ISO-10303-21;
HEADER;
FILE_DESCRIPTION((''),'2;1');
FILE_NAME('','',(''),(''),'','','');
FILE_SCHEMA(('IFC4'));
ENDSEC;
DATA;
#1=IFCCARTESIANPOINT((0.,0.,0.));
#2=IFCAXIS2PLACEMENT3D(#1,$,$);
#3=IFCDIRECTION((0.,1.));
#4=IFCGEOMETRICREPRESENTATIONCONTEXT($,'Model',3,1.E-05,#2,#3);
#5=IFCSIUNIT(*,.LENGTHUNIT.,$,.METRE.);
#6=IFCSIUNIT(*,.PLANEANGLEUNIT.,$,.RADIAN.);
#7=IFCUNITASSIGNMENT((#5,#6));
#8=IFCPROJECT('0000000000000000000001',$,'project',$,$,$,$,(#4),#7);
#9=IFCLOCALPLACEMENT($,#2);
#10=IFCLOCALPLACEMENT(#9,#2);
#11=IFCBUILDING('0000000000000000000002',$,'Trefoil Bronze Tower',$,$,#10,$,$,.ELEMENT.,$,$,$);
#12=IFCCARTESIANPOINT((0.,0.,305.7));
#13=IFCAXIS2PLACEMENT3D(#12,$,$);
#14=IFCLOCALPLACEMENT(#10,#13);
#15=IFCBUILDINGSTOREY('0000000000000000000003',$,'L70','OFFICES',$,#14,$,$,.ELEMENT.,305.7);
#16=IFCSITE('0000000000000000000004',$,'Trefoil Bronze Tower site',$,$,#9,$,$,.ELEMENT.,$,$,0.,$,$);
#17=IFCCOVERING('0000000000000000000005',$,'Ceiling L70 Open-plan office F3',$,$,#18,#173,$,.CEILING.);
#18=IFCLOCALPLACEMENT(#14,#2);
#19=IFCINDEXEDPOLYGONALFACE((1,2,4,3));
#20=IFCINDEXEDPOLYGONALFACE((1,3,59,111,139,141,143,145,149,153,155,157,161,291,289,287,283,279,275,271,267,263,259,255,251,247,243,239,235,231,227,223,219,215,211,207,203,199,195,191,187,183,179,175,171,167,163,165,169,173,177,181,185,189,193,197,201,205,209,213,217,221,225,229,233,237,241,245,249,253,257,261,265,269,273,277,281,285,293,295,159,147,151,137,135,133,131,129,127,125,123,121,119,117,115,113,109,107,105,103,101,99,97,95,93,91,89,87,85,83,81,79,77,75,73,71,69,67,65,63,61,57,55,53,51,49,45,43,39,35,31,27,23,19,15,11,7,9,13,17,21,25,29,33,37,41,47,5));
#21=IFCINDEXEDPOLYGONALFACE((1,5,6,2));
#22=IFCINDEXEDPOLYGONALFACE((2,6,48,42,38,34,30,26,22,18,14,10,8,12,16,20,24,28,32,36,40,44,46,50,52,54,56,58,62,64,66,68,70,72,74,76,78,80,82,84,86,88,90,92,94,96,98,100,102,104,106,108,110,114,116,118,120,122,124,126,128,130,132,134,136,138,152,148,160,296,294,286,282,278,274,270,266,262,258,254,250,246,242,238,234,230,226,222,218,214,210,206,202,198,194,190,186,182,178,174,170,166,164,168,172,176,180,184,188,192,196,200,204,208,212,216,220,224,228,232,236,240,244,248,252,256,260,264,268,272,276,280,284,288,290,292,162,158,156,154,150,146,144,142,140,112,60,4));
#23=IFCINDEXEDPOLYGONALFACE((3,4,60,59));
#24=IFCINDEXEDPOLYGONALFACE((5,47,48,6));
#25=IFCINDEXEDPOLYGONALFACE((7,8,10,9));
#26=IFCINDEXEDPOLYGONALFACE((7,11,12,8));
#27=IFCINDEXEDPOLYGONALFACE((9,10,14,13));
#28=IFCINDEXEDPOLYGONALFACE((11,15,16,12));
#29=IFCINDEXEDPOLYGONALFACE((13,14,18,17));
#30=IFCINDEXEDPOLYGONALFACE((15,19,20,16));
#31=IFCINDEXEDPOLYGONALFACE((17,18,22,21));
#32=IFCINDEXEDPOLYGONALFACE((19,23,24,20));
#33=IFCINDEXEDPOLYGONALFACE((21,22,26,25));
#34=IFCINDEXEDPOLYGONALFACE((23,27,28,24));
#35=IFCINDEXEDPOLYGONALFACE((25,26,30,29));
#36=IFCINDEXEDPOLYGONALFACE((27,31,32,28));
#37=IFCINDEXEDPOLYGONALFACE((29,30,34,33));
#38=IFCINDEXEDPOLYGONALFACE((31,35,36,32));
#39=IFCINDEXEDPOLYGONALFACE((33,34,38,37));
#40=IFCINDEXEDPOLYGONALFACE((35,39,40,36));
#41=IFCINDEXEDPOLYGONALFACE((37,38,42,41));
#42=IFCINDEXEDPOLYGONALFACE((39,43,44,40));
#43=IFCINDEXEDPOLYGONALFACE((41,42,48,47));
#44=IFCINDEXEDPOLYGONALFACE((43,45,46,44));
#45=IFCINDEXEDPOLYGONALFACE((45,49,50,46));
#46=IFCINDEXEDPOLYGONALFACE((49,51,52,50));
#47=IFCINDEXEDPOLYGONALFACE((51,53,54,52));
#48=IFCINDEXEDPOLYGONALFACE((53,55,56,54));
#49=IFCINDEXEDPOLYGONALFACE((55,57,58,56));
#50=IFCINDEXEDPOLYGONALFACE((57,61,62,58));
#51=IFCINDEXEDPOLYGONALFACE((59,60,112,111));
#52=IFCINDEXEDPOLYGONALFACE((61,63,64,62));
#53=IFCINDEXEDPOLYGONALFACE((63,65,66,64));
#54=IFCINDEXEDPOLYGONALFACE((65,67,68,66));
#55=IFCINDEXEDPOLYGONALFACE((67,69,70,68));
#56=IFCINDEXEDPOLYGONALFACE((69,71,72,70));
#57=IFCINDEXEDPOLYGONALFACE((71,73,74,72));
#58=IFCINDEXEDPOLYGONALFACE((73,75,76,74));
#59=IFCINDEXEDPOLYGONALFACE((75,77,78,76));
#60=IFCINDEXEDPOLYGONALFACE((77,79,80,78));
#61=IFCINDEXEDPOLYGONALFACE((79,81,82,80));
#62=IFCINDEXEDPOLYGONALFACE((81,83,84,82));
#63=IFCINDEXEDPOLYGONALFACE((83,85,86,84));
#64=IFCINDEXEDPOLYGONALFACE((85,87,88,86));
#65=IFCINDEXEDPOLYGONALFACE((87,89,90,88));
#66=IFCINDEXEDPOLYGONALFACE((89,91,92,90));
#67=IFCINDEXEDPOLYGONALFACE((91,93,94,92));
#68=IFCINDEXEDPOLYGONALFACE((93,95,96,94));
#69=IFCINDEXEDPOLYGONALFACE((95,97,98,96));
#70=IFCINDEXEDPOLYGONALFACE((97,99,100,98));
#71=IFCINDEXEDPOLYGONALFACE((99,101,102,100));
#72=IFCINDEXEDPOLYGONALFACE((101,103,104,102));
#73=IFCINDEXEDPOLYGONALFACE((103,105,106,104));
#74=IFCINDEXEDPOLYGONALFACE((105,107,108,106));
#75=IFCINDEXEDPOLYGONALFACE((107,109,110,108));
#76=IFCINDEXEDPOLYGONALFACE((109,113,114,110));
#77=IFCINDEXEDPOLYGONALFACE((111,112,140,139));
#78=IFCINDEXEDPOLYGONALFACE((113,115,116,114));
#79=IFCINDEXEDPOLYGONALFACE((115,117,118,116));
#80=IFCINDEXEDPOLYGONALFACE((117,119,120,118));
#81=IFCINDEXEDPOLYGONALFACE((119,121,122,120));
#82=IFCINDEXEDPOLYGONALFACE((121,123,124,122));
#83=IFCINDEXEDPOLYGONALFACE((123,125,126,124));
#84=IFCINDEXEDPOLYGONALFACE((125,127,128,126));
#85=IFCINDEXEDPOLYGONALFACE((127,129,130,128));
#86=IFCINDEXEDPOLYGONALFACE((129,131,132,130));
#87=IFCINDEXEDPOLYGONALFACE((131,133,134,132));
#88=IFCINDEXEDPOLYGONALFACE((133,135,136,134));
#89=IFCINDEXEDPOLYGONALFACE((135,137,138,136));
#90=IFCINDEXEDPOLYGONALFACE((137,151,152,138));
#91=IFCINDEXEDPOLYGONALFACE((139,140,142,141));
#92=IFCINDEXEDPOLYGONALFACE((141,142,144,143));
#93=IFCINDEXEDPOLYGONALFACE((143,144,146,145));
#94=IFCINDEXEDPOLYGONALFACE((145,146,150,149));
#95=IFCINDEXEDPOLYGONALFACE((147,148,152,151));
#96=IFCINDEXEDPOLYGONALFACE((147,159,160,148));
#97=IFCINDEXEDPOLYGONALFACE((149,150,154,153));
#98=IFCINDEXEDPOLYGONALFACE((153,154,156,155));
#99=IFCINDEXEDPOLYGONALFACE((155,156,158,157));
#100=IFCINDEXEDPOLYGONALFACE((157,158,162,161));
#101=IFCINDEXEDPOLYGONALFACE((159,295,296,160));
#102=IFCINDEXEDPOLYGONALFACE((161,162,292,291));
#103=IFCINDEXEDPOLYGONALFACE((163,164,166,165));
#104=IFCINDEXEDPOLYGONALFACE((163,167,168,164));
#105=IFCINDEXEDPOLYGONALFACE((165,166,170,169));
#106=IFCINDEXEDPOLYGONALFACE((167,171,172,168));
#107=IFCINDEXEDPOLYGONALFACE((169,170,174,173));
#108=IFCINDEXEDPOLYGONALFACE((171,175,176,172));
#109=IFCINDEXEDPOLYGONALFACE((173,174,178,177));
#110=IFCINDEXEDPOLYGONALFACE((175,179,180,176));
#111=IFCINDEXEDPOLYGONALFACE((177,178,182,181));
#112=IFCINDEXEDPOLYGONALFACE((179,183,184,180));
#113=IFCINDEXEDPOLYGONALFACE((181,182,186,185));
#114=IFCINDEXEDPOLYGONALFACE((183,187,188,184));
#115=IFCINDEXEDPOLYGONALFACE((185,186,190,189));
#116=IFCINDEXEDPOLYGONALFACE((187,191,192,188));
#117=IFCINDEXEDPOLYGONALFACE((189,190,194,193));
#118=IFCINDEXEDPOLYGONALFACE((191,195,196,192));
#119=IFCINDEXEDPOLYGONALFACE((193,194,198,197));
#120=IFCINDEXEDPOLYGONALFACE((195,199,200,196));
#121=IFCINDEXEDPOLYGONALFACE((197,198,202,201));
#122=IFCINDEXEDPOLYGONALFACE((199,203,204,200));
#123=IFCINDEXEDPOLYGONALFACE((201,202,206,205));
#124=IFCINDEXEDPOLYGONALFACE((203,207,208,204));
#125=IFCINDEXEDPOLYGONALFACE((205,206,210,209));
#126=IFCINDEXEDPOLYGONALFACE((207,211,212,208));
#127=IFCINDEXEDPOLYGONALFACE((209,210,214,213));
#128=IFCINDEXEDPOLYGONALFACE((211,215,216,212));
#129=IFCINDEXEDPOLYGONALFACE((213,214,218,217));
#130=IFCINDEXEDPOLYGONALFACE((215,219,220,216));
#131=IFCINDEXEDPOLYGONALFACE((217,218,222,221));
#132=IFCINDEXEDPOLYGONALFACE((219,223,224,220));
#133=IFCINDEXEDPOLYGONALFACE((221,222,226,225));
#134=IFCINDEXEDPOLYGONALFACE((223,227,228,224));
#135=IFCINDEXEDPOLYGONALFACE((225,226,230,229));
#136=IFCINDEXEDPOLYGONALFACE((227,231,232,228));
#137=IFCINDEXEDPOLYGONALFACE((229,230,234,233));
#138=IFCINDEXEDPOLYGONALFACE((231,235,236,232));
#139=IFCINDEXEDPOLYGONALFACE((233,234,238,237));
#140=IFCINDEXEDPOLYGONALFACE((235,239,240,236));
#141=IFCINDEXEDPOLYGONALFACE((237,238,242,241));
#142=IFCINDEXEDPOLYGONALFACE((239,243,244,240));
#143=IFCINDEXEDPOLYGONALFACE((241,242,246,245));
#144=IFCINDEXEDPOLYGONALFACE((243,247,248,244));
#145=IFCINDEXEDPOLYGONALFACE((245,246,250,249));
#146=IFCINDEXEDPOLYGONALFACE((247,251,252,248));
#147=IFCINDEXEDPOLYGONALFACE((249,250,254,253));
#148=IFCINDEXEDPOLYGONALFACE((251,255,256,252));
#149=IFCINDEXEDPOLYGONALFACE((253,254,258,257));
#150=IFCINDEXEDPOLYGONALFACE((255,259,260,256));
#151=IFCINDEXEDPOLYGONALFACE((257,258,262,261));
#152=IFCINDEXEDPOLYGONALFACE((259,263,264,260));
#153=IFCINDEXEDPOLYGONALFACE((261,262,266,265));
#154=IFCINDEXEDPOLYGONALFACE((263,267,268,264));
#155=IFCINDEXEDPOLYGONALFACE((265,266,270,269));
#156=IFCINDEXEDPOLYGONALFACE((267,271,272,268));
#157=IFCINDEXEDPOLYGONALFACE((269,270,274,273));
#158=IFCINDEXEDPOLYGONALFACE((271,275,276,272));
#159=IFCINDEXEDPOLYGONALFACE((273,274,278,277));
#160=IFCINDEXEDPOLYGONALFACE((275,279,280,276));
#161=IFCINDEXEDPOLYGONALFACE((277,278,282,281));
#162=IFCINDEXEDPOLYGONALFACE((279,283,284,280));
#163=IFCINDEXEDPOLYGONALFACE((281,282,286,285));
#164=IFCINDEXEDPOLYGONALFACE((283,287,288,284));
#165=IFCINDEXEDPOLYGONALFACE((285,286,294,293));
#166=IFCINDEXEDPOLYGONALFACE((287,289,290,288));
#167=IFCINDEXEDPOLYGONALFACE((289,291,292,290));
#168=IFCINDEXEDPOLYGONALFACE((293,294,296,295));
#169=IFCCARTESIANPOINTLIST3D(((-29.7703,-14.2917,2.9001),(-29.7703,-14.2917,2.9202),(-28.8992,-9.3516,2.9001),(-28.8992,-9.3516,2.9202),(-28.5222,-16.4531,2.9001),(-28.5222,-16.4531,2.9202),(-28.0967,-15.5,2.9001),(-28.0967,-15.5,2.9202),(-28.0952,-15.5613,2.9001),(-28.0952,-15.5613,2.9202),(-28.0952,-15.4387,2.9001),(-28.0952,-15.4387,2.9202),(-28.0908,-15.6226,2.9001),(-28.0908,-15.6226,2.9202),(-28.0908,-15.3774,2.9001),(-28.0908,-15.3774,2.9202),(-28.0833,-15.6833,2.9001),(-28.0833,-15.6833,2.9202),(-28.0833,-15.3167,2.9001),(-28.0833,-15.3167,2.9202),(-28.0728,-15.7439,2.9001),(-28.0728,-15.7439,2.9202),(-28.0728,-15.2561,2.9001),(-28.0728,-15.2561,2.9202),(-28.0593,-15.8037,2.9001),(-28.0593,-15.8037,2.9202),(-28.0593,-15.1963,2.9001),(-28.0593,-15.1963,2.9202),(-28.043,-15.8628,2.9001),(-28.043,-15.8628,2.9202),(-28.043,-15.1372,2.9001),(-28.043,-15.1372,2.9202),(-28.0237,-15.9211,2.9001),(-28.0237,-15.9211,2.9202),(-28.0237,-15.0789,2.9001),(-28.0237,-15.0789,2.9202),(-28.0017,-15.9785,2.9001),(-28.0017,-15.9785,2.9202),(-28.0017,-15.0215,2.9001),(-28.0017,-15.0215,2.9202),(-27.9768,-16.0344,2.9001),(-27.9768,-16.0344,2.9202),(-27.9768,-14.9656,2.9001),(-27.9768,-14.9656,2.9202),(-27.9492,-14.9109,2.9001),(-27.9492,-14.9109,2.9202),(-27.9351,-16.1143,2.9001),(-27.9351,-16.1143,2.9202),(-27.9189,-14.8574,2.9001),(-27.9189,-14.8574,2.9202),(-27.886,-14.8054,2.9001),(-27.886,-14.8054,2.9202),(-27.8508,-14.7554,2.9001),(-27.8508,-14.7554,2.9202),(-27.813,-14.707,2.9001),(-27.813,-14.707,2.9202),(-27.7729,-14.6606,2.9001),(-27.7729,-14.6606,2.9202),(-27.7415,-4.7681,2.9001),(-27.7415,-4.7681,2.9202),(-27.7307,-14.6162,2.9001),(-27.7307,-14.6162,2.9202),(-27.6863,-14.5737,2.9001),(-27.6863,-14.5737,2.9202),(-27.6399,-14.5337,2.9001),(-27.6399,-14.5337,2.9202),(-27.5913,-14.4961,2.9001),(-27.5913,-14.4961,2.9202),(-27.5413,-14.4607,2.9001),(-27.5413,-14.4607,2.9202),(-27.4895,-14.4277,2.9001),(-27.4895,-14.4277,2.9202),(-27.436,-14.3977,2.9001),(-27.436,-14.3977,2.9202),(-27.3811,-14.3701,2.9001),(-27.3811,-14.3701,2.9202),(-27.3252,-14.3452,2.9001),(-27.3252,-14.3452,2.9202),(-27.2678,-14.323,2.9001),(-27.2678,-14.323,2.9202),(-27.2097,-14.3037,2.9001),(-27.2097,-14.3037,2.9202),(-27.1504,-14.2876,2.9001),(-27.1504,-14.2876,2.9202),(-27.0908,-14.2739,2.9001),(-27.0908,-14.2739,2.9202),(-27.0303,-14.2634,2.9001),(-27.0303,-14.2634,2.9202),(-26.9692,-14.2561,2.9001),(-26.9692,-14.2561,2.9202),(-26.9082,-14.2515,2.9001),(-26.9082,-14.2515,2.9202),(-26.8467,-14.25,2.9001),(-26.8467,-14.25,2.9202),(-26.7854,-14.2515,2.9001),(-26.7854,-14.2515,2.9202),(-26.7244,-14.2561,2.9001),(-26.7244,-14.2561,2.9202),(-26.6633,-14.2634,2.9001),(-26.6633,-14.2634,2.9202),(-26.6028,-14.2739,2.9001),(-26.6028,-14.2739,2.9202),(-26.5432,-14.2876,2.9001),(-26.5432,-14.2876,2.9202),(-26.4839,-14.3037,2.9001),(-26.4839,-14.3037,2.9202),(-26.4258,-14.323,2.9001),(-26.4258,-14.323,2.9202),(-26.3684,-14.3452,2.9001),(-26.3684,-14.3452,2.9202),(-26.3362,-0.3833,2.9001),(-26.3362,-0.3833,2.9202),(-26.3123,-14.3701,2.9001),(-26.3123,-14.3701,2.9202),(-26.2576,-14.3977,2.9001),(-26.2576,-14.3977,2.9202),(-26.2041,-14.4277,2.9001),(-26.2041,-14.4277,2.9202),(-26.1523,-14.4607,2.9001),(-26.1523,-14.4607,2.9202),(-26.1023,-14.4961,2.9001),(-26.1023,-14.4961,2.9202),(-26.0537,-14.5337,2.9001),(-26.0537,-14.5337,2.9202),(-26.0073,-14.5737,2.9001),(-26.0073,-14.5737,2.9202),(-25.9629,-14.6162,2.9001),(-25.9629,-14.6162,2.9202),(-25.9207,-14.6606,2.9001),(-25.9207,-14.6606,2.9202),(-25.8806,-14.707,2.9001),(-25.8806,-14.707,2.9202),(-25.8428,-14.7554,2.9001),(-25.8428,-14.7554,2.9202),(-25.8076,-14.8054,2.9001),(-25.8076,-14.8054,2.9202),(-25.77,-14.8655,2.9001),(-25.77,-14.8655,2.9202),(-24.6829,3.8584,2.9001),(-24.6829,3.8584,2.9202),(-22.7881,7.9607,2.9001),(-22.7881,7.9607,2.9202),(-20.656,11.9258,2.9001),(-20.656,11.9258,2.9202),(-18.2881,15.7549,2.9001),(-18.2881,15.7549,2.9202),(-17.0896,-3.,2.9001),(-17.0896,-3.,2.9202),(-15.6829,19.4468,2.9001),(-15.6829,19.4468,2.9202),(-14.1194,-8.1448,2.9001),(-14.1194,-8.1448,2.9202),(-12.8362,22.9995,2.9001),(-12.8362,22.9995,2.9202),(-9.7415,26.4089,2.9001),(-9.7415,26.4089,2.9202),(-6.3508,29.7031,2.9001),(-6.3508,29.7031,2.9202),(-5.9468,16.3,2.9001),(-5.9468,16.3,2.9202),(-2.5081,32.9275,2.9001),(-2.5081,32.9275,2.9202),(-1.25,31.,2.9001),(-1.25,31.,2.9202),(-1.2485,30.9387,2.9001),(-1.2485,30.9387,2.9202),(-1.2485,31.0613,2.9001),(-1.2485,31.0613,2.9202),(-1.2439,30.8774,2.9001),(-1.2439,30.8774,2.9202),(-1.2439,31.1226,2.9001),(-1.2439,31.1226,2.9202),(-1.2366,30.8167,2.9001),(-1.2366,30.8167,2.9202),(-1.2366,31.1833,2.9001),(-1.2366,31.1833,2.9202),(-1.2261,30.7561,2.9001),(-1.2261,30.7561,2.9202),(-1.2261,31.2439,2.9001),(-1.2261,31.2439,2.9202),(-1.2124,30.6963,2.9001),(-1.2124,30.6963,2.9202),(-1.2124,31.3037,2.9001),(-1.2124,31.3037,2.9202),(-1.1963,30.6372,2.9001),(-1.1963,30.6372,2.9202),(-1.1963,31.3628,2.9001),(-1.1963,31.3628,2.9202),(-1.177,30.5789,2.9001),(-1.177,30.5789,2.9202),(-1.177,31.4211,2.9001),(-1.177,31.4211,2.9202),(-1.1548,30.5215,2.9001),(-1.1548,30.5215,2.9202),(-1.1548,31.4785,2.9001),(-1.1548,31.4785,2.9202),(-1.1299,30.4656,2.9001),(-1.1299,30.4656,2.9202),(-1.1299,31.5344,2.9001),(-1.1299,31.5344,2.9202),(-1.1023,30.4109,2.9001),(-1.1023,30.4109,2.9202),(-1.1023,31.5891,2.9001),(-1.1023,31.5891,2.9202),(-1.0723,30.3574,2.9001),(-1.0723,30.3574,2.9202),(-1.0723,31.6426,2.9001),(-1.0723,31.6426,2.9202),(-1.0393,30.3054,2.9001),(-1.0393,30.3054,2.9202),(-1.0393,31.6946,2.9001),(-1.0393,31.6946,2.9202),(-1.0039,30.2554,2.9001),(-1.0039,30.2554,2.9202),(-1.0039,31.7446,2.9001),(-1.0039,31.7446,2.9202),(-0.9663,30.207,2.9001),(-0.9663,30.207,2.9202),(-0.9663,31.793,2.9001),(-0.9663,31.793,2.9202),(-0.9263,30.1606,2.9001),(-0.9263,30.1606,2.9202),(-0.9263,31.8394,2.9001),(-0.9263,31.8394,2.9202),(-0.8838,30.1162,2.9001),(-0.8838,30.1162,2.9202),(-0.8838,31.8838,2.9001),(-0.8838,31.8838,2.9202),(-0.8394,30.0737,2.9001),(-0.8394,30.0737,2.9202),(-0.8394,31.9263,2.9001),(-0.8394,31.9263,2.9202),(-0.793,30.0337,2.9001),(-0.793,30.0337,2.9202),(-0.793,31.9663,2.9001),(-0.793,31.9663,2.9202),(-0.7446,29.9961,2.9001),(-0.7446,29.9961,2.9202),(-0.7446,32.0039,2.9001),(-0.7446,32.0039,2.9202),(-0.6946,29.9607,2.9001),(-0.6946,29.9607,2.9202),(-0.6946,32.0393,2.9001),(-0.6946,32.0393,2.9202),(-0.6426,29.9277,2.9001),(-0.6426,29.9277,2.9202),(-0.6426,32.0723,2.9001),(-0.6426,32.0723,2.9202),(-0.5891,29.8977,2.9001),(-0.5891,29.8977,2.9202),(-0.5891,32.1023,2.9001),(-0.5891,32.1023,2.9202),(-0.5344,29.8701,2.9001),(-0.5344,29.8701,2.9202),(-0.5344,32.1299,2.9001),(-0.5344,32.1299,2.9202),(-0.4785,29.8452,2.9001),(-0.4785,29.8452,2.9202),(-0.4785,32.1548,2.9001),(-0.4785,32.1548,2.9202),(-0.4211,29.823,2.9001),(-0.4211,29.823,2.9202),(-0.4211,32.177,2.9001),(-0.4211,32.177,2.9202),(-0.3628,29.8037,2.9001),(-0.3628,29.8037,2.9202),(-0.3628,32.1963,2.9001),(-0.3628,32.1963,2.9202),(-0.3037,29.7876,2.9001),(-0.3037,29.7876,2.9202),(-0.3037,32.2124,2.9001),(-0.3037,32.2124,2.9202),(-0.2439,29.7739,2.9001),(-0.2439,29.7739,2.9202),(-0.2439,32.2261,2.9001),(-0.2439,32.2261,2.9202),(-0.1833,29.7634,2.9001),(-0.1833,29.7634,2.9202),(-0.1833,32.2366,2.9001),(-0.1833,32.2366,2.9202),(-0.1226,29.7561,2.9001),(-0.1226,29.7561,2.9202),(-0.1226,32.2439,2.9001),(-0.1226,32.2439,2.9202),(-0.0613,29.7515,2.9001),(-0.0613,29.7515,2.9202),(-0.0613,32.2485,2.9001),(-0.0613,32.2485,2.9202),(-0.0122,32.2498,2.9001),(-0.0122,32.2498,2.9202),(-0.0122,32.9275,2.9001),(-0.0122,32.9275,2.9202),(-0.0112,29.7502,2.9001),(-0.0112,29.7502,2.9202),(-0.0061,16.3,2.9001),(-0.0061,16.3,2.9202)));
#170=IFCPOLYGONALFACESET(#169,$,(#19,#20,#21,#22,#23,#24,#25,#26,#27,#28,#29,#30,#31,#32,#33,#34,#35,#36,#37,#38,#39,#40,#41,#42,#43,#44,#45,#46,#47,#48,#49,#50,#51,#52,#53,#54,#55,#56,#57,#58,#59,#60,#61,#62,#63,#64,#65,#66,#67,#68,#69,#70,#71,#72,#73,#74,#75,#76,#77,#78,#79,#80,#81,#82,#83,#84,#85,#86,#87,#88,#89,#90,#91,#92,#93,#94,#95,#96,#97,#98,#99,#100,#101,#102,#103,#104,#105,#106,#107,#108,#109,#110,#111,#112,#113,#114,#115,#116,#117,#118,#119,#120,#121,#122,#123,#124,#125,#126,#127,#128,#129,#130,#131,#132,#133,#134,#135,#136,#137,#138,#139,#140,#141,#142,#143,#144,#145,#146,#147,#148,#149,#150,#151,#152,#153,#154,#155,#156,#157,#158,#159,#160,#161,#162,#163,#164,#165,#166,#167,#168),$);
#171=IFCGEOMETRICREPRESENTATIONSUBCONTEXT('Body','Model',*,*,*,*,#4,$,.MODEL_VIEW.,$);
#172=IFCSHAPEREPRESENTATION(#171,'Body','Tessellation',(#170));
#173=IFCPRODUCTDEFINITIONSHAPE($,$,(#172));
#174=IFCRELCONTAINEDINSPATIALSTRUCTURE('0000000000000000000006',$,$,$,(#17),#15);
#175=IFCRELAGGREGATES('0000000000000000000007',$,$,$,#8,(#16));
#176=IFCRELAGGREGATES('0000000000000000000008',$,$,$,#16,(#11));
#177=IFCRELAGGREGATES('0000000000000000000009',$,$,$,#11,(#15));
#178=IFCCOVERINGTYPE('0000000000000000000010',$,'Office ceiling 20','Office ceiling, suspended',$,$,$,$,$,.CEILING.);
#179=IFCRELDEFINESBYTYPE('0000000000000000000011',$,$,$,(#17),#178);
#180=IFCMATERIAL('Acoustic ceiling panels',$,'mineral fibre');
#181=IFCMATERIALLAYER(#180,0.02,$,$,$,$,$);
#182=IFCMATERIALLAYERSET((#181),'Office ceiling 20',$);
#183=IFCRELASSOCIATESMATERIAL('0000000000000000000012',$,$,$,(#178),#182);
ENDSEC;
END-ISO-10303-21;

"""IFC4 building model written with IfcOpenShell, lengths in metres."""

from ifc_helpers import new_model, si_unit, direction, frame, origin, place, context, subcontext, project, spatial, polyline, outline, extrude, material, layer, layer_set, type_object, element, save


model = new_model("IFC4")

# Units and contexts
model_context = context("Model", 3, precision=1e-05, world=origin(), true_north=direction((0.0, 1.0)))
body_context = subcontext(model_context, "Body", "Model", "MODEL_VIEW")
ifc_project = project(units=[si_unit("LENGTHUNIT", "METRE"), si_unit("PLANEANGLEUNIT", "RADIAN")], contexts=[model_context])

# Site, building, storey
site_placement = place(None, origin())
site = spatial("IfcSite", under=ifc_project, at=site_placement, Name="Trefoil Bronze Tower site", CompositionType="ELEMENT", RefElevation=0.0)
building_placement = place(site_placement, origin())
building = spatial("IfcBuilding", under=site, at=building_placement, Name="Trefoil Bronze Tower", CompositionType="ELEMENT")
storey_placement = place(building_placement, frame((0.0, 0.0, 305.7)))
storey = spatial("IfcBuildingStorey", under=building, at=storey_placement, Name="L70", Description="OFFICES", CompositionType="ELEMENT", Elevation=305.7)

# Covering
ifc_material_1 = material(Name="Acoustic ceiling panels", Category="mineral fibre")
ifc_layer_1 = layer(ifc_material_1, 0.02)
ifc_layer_set_1 = layer_set([ifc_layer_1], Name="Office ceiling 20")
covering_type_1 = type_object("IfcCoveringType", Name="Office ceiling 20", Description="Office ceiling, suspended", PredefinedType="CEILING", material=ifc_layer_set_1)
covering_1_placement = place(storey_placement, frame((0.0, 0.0, 2.9001)))
element("IfcCovering", 1, at=covering_1_placement, inside=storey, type_object=covering_type_1, Name="Ceiling L70 Open-plan office F3", PredefinedType="CEILING", context=body_context, shape_type="SweptSolid", body=[
    extrude(outline(polyline([(-27.7415, -4.7681), (-26.3362, -0.3833), (-24.6829, 3.8584), (-22.7881, 7.9607), (-20.656, 11.9258), (-18.2881, 15.7549), (-15.6829, 19.4468), (-12.8362, 22.9995), (-9.7415, 26.4089), (-6.3508, 29.7031), (-2.5081, 32.9275), (-0.0122, 32.9275), (-0.0122, 32.2498), (-0.0613, 32.2485), (-0.1226, 32.2439), (-0.1833, 32.2366), (-0.2439, 32.2261), (-0.3037, 32.2124), (-0.3628, 32.1963), (-0.4211, 32.177), (-0.4785, 32.1548), (-0.5344, 32.1299), (-0.5891, 32.1023), (-0.6426, 32.0723), (-0.6946, 32.0393), (-0.7446, 32.0039), (-0.793, 31.9663), (-0.8394, 31.9263), (-0.8838, 31.8838), (-0.9263, 31.8394), (-0.9663, 31.793), (-1.0039, 31.7446), (-1.0393, 31.6946), (-1.0723, 31.6426), (-1.1023, 31.5891), (-1.1299, 31.5344), (-1.1548, 31.4785), (-1.177, 31.4211), (-1.1963, 31.3628), (-1.2124, 31.3037), (-1.2261, 31.2439), (-1.2366, 31.1833), (-1.2439, 31.1226), (-1.2485, 31.0613), (-1.25, 31.0), (-1.2485, 30.9387), (-1.2439, 30.8774), (-1.2366, 30.8167), (-1.2261, 30.7561), (-1.2124, 30.6963), (-1.1963, 30.6372), (-1.177, 30.5789), (-1.1548, 30.5215), (-1.1299, 30.4656), (-1.1023, 30.4109), (-1.0723, 30.3574), (-1.0393, 30.3054), (-1.0039, 30.2554), (-0.9663, 30.207), (-0.9263, 30.1606), (-0.8838, 30.1162), (-0.8394, 30.0737), (-0.793, 30.0337), (-0.7446, 29.9961), (-0.6946, 29.9607), (-0.6426, 29.9277), (-0.5891, 29.8977), (-0.5344, 29.8701), (-0.4785, 29.8452), (-0.4211, 29.823), (-0.3628, 29.8037), (-0.3037, 29.7876), (-0.2439, 29.7739), (-0.1833, 29.7634), (-0.1226, 29.7561), (-0.0613, 29.7515), (-0.0112, 29.7502), (-0.0061, 16.3), (-5.9468, 16.3), (-17.0896, -3.0), (-14.1194, -8.1448), (-25.77, -14.8655), (-25.8076, -14.8054), (-25.8428, -14.7554), (-25.8806, -14.707), (-25.9207, -14.6606), (-25.9629, -14.6162), (-26.0073, -14.5737), (-26.0537, -14.5337), (-26.1023, -14.4961), (-26.1523, -14.4607), (-26.2041, -14.4277), (-26.2576, -14.3977), (-26.3123, -14.3701), (-26.3684, -14.3452), (-26.4258, -14.323), (-26.4839, -14.3037), (-26.5432, -14.2876), (-26.6028, -14.2739), (-26.6633, -14.2634), (-26.7244, -14.2561), (-26.7854, -14.2515), (-26.8467, -14.25), (-26.9082, -14.2515), (-26.9692, -14.2561), (-27.0303, -14.2634), (-27.0908, -14.2739), (-27.1504, -14.2876), (-27.2097, -14.3037), (-27.2678, -14.323), (-27.3252, -14.3452), (-27.3811, -14.3701), (-27.436, -14.3977), (-27.4895, -14.4277), (-27.5413, -14.4607), (-27.5913, -14.4961), (-27.6399, -14.5337), (-27.6863, -14.5737), (-27.7307, -14.6162), (-27.7729, -14.6606), (-27.813, -14.707), (-27.8508, -14.7554), (-27.886, -14.8054), (-27.9189, -14.8574), (-27.9492, -14.9109), (-27.9768, -14.9656), (-28.0017, -15.0215), (-28.0237, -15.0789), (-28.043, -15.1372), (-28.0593, -15.1963), (-28.0728, -15.2561), (-28.0833, -15.3167), (-28.0908, -15.3774), (-28.0952, -15.4387), (-28.0967, -15.5), (-28.0952, -15.5613), (-28.0908, -15.6226), (-28.0833, -15.6833), (-28.0728, -15.7439), (-28.0593, -15.8037), (-28.043, -15.8628), (-28.0237, -15.9211), (-28.0017, -15.9785), (-27.9768, -16.0344), (-27.9351, -16.1143), (-28.5222, -16.4531), (-29.7703, -14.2917), (-28.8992, -9.3516), (-27.7415, -4.7681)])), origin(), (0.0, 0.0, 1.0), 0.02),
])

save(model, "model.ifc")
